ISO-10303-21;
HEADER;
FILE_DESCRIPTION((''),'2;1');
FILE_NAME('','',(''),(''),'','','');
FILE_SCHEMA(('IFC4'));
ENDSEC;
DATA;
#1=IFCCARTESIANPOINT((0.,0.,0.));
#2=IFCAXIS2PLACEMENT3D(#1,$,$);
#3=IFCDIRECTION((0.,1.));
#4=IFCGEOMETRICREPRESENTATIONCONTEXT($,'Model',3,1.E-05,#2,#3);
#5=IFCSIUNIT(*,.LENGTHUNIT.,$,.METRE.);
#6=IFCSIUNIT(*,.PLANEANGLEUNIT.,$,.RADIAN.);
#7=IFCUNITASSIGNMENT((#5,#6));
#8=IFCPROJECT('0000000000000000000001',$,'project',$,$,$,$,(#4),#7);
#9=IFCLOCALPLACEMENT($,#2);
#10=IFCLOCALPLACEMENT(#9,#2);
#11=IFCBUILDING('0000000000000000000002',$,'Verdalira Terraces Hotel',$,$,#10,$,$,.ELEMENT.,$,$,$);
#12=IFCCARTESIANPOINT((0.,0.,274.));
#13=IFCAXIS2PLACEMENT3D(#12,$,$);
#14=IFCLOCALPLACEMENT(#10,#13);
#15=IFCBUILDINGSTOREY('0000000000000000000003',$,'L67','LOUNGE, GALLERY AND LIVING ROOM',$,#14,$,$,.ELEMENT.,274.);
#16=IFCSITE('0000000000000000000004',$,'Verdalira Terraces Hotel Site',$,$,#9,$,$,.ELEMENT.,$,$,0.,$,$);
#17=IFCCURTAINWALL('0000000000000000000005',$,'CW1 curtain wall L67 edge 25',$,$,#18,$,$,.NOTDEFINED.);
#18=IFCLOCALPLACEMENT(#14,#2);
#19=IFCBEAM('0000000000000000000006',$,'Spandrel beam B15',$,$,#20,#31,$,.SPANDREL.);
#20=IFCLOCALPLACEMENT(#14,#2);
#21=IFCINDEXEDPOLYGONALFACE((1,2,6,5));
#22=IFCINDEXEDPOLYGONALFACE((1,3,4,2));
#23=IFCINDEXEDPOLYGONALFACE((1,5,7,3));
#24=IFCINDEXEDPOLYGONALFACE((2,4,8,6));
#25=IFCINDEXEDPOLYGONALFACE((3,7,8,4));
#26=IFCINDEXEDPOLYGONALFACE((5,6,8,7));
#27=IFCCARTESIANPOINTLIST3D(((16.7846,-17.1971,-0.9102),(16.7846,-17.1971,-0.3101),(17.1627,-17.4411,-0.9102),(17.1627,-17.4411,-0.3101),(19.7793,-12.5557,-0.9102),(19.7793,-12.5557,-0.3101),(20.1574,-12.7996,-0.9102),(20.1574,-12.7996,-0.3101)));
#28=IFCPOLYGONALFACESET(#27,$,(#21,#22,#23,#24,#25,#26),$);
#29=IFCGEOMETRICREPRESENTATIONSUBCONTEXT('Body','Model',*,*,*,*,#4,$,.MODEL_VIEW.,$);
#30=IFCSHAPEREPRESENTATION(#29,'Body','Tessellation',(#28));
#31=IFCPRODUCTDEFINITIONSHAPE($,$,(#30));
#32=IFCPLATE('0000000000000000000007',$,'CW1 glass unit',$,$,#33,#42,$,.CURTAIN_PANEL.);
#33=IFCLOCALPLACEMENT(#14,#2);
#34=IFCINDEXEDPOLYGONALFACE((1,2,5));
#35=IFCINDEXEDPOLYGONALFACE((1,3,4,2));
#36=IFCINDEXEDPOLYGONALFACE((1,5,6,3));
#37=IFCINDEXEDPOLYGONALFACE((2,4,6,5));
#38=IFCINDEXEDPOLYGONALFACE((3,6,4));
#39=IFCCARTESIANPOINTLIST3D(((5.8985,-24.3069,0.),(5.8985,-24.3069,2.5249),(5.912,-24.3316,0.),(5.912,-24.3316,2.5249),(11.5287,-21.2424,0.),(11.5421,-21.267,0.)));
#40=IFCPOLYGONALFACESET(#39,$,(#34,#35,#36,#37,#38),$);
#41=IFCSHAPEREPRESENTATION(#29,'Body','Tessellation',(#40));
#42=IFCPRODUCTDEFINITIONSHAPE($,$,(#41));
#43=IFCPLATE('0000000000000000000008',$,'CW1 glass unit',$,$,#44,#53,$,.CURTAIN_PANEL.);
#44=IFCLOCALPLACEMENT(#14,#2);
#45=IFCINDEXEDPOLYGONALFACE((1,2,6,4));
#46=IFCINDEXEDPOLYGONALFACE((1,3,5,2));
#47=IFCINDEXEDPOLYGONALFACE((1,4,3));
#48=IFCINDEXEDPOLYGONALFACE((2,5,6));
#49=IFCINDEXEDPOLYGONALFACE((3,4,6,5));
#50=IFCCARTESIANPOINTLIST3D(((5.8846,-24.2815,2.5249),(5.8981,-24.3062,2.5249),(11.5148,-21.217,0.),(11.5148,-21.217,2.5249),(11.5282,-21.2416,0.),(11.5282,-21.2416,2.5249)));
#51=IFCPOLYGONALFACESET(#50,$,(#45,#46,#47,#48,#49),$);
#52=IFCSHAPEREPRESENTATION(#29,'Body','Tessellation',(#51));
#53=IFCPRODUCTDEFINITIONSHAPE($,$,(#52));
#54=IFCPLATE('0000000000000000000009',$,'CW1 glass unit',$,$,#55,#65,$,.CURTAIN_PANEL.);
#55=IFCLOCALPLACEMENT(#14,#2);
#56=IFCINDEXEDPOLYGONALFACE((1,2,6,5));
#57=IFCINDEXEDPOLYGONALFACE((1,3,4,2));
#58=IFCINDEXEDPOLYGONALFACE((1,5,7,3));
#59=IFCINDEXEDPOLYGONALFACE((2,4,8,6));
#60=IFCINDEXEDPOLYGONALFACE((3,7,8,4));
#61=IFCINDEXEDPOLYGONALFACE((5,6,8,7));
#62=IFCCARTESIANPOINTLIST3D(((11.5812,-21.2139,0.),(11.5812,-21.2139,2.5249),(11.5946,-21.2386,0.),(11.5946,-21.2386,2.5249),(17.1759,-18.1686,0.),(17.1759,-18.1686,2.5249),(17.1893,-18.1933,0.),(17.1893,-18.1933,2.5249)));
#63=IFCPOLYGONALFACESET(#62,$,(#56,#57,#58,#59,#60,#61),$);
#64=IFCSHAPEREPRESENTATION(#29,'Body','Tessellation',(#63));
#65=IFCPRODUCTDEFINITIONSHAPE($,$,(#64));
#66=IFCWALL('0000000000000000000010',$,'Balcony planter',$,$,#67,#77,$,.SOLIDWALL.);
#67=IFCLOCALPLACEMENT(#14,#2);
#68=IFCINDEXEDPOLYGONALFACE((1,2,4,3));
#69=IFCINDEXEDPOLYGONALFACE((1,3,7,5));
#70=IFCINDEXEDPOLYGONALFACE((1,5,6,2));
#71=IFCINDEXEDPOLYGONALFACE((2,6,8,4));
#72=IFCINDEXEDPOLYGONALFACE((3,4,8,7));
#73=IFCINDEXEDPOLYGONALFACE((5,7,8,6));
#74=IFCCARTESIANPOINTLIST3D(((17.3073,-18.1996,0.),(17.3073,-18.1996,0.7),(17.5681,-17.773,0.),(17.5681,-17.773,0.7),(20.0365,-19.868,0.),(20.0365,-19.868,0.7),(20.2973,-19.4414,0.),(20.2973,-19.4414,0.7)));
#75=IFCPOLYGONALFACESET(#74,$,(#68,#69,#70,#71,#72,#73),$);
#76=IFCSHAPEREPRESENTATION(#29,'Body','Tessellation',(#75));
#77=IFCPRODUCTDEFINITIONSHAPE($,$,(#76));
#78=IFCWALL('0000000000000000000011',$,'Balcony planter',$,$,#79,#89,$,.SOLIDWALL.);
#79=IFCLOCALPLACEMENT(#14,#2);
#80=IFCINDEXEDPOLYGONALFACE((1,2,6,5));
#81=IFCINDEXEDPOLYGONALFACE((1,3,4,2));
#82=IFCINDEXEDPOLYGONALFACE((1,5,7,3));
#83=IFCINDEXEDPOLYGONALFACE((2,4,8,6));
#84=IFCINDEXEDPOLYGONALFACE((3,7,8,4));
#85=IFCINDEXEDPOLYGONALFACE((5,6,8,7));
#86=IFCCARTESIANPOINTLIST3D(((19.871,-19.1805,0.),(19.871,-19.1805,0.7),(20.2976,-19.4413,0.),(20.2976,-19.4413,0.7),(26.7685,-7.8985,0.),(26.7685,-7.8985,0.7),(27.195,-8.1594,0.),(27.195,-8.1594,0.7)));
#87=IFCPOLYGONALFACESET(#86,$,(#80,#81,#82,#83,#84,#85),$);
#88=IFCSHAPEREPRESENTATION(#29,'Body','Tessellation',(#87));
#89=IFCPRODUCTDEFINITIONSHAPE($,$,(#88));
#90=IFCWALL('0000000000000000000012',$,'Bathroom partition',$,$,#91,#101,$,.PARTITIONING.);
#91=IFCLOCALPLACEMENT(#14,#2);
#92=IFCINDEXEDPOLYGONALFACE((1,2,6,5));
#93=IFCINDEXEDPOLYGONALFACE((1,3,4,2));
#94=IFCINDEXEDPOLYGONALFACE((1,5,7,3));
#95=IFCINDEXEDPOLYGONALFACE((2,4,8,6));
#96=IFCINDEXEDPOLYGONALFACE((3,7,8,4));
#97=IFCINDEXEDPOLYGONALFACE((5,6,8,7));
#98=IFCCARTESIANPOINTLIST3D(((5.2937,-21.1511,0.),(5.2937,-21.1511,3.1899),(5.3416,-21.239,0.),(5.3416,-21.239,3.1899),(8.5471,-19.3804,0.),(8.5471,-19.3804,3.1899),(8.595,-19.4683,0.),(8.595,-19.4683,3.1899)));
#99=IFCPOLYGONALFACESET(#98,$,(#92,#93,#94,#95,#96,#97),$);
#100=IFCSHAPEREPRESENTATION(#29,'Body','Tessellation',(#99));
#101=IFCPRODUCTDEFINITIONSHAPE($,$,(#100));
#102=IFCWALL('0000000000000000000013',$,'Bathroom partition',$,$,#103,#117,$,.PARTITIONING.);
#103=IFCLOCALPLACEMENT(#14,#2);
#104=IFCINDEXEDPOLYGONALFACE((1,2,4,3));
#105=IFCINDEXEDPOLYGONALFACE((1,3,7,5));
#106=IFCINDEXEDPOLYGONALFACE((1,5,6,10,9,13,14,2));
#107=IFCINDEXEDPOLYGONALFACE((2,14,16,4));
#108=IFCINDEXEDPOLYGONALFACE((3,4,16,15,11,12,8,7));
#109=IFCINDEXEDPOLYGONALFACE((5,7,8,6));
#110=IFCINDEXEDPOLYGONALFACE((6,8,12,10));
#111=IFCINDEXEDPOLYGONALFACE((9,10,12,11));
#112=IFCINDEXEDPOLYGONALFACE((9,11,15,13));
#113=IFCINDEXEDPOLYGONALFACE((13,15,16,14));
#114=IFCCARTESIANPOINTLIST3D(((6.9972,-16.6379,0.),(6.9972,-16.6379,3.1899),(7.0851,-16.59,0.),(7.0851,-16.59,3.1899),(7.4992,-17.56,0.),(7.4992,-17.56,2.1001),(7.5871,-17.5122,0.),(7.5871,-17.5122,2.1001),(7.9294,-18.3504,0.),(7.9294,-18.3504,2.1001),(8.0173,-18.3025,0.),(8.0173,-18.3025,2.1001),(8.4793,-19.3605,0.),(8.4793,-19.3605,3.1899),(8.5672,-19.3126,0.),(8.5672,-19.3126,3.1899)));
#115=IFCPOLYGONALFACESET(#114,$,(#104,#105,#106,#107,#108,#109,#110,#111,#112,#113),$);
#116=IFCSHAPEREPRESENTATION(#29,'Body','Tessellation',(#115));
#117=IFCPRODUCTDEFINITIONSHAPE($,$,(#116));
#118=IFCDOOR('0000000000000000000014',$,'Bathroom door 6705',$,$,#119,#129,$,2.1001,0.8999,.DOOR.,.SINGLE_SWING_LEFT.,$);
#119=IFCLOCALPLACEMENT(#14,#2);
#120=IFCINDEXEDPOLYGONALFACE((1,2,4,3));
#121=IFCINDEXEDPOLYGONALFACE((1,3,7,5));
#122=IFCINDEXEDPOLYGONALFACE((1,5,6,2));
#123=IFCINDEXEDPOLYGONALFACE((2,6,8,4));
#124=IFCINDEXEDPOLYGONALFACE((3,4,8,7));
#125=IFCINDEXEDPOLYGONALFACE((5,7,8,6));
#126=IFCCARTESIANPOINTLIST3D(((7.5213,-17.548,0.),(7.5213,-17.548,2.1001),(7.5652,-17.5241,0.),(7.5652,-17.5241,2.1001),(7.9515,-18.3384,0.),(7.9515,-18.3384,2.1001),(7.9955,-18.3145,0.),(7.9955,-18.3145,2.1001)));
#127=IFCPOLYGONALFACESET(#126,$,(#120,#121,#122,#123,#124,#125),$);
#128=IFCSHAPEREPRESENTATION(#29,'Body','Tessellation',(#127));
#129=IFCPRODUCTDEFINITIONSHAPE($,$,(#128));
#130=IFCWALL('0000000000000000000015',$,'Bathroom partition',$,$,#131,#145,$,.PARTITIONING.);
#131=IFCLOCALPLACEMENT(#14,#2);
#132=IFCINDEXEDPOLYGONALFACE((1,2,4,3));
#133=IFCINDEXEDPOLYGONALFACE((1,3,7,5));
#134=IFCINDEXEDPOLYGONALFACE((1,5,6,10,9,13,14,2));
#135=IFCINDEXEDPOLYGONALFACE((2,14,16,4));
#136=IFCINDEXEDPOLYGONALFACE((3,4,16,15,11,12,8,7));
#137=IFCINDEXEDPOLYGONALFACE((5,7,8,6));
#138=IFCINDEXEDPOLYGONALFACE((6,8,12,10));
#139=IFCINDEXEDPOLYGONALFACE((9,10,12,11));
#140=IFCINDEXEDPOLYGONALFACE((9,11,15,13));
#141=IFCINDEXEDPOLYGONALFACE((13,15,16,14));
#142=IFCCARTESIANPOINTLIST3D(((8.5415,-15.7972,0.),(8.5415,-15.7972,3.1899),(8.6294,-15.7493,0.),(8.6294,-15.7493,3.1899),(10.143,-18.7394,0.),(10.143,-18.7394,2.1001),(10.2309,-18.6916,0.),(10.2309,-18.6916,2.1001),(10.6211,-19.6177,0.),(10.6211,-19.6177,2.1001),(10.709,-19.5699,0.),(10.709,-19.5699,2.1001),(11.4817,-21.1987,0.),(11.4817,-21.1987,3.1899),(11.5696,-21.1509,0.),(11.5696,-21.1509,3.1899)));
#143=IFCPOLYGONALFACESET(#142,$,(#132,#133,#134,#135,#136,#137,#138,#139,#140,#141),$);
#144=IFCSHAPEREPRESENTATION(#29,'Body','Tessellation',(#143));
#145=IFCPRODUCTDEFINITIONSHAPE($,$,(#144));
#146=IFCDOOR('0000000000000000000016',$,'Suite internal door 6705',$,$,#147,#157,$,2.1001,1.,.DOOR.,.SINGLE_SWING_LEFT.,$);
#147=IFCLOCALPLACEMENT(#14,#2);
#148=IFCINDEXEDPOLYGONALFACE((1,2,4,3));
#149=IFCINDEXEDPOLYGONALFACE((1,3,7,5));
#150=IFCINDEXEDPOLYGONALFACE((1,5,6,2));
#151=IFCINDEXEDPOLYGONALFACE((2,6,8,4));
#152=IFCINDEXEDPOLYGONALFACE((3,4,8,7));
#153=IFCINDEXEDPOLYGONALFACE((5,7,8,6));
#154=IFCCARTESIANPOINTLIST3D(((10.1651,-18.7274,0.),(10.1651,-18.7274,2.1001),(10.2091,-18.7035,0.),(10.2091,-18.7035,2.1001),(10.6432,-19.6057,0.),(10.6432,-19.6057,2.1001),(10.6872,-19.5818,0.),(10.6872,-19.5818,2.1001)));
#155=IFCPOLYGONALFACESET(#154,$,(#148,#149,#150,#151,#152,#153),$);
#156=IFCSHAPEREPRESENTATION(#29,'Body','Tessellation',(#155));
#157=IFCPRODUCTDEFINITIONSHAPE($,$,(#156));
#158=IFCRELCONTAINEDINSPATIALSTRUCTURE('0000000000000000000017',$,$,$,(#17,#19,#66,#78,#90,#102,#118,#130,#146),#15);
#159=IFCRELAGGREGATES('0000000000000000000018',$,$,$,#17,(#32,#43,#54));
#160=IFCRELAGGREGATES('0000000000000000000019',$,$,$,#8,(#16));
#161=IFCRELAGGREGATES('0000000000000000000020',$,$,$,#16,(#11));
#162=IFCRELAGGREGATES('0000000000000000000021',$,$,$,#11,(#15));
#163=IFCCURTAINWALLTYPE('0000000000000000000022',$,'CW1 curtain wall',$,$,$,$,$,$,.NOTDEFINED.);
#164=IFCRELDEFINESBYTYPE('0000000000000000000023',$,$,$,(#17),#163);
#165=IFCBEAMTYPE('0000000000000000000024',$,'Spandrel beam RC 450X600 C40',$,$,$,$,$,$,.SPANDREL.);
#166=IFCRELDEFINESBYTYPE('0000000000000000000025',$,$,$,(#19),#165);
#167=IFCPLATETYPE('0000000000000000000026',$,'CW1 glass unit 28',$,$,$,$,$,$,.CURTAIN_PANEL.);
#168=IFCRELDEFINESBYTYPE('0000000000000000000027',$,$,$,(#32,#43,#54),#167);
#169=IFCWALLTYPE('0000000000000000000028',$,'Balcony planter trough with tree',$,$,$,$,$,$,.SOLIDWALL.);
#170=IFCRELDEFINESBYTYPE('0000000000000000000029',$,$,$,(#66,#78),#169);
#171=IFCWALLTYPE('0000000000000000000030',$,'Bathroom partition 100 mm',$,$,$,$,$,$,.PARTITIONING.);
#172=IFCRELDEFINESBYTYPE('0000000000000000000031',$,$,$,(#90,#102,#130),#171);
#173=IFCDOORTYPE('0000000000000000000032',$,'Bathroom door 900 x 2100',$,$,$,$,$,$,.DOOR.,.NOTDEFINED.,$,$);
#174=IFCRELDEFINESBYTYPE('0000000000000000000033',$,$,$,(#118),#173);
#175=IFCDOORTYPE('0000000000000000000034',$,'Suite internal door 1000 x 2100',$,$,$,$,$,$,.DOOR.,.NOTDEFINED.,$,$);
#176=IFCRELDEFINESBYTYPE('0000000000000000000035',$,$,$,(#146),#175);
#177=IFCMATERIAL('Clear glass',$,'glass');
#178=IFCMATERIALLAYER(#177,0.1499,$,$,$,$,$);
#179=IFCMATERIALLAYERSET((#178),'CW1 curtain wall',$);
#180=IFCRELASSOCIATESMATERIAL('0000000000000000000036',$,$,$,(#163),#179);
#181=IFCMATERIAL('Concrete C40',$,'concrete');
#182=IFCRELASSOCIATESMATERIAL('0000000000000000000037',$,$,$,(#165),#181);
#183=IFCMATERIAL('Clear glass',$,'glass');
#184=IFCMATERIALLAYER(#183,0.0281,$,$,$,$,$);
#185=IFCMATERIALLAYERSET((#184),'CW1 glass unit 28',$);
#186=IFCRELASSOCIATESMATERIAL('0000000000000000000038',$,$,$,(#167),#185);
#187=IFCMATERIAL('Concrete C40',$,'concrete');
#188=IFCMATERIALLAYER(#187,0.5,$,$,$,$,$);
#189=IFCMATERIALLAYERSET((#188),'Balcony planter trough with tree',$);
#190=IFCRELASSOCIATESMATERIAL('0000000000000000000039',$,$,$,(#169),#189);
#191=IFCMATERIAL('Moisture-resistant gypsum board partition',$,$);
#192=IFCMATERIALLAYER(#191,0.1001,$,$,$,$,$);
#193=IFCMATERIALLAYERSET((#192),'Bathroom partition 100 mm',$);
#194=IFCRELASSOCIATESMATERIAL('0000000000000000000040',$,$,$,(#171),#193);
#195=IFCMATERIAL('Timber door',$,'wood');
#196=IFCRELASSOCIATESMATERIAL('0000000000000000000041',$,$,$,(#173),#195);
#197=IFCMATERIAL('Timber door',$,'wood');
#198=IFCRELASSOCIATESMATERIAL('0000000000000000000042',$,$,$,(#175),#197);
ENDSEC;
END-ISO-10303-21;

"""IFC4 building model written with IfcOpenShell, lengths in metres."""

from ifc_helpers import new_model, si_unit, direction, frame, frame_2d, origin, origin_2d, place, context, subcontext, project, spatial, polyline, rectangle, outline, extrude, material, layer, layer_set, material_profile, profile_set, type_object, element, fill, aggregate, save


model = new_model("IFC4")

# Units and contexts
model_context = context("Model", 3, precision=1e-05, world=origin(), true_north=direction((0.0, 1.0)))
body_context = subcontext(model_context, "Body", "Model", "MODEL_VIEW")
ifc_project = project(units=[si_unit("LENGTHUNIT", "METRE"), si_unit("PLANEANGLEUNIT", "RADIAN")], contexts=[model_context])

# Site, building, storey
site_placement = place(None, origin())
site = spatial("IfcSite", under=ifc_project, at=site_placement, Name="Verdalira Terraces Hotel Site", CompositionType="ELEMENT", RefElevation=0.0)
building_placement = place(site_placement, origin())
building = spatial("IfcBuilding", under=site, at=building_placement, Name="Verdalira Terraces Hotel", CompositionType="ELEMENT")
storey_placement = place(building_placement, frame((0.0, 0.0, 274.0)))
storey = spatial("IfcBuildingStorey", under=building, at=storey_placement, Name="L67", Description="LOUNGE, GALLERY AND LIVING ROOM", CompositionType="ELEMENT", Elevation=274.0)

# Curtain wall
ifc_material_1 = material(Name="Clear glass", Category="glass")
ifc_layer_1 = layer(ifc_material_1, 0.1499)
ifc_layer_set_1 = layer_set([ifc_layer_1], Name="CW1 curtain wall")
curtain_wall_type = type_object("IfcCurtainWallType", Name="CW1 curtain wall", PredefinedType="NOTDEFINED", material=ifc_layer_set_1)
curtain_wall_1_placement = place(storey_placement, origin())
curtain_wall_1 = element("IfcCurtainWall", 1, at=curtain_wall_1_placement, inside=storey, type_object=curtain_wall_type, Name="CW1 curtain wall L67 edge 25", PredefinedType="NOTDEFINED")

# Beam
ifc_material_2 = material(Name="Concrete C40", Category="concrete")
ifc_material_profile_1 = material_profile(ifc_material_2, rectangle(XDim=0.45, YDim=0.6001, at=origin_2d()), Name="RC 450X600")
ifc_profile_set_1 = profile_set([ifc_material_profile_1], Name="Concrete C40")
beam_type_1 = type_object("IfcBeamType", Name="Spandrel beam RC 450X600 C40", PredefinedType="SPANDREL", material=ifc_profile_set_1)
beam_1_placement = place(storey_placement, frame((16.9736, -17.3191, -0.6101), z_axis=(0.542153, 0.84028, 0.0), x_axis=(-0.84028, 0.542153, 0.0)))
element("IfcBeam", 2, at=beam_1_placement, inside=storey, type_object=beam_type_1, Name="Spandrel beam B15", PredefinedType="SPANDREL", context=body_context, shape_type="SweptSolid", body=[
    extrude(rectangle(XDim=0.45, YDim=0.6001, at=origin_2d()), origin(), (0.0, 0.0, 1.0), 5.5237),
])

# Plates
ifc_material_3 = material(Name="Clear glass", Category="glass")
ifc_layer_2 = layer(ifc_material_3, 0.0281)
ifc_layer_set_2 = layer_set([ifc_layer_2], Name="CW1 glass unit 28")
plate_type = type_object("IfcPlateType", Name="CW1 glass unit 28", PredefinedType="CURTAIN_PANEL", material=ifc_layer_set_2)
plate_1_placement = place(storey_placement, frame((8.7136, -22.7747, 1.2625), z_axis=(0.478079, -0.878317, 0.0), x_axis=(0.878317, 0.478079, 0.0)))
plate_1 = element("IfcPlate", 3, at=plate_1_placement, type_object=plate_type, Name="CW1 glass unit", PredefinedType="CURTAIN_PANEL", context=body_context, shape_type="SweptSolid", body=[
    extrude(outline(polyline([(-3.2051, -1.2625), (3.2051, -1.2625), (-3.2051, 1.2625), (-3.2051, -1.2625)])), origin(), (0.0, 0.0, 1.0), 0.0281),
])
plate_2_placement = place(storey_placement, frame((8.6997, -22.7493, 1.2625), z_axis=(0.478079, -0.878317, 0.0), x_axis=(0.878317, 0.478079, 0.0)))
plate_2 = element("IfcPlate", 4, at=plate_2_placement, type_object=plate_type, Name="CW1 glass unit", PredefinedType="CURTAIN_PANEL", context=body_context, shape_type="SweptSolid", body=[
    extrude(outline(polyline([(3.2051, -1.2625), (3.2051, 1.2625), (-3.2051, 1.2625), (3.2051, -1.2625)])), origin(), (0.0, 0.0, 1.0), 0.0281),
])
plate_3_placement = place(storey_placement, frame((14.3853, -19.7036, 0.0), z_axis=(0.0, 0.0, 1.0), x_axis=(0.878317, 0.478079, 0.0)))
plate_3 = element("IfcPlate", 5, at=plate_3_placement, type_object=plate_type, Name="CW1 glass unit", PredefinedType="CURTAIN_PANEL", context=body_context, shape_type="SweptSolid", body=[
    extrude(rectangle(XDim=6.3699, YDim=0.0281, at=origin_2d()), origin(), (0.0, 0.0, 1.0), 2.5249),
])
aggregate(curtain_wall_1, [plate_1, plate_2, plate_3])

# Walls
ifc_material_4 = material(Name="Concrete C40", Category="concrete")
ifc_layer_3 = layer(ifc_material_4, 0.5)
ifc_layer_set_3 = layer_set([ifc_layer_3], Name="Balcony planter trough with tree")
wall_type_1 = type_object("IfcWallType", Name="Balcony planter trough with tree", PredefinedType="SOLIDWALL", material=ifc_layer_set_3)
wall_1_placement = place(storey_placement, frame((17.4377, -17.9863, 0.0), z_axis=(0.0, 0.0, 1.0), x_axis=(0.853201, -0.521583, 0.0)))
element("IfcWall", 6, at=wall_1_placement, inside=storey, type_object=wall_type_1, Name="Balcony planter", PredefinedType="SOLIDWALL", context=body_context, shape_type="SweptSolid", body=[
    extrude(rectangle(XDim=3.1987, YDim=0.5, at=frame_2d((1.5994, 0.0))), origin(), (0.0, 0.0, 1.0), 0.7),
])
wall_2_placement = place(storey_placement, frame((20.0842, -19.311, 0.0), z_axis=(0.0, 0.0, 1.0), x_axis=(0.521611, 0.853184, 0.0)))
element("IfcWall", 7, at=wall_2_placement, inside=storey, type_object=wall_type_1, Name="Balcony planter", PredefinedType="SOLIDWALL", context=body_context, shape_type="SweptSolid", body=[
    extrude(rectangle(XDim=13.2234, YDim=0.5, at=frame_2d((6.6118, 0.0))), origin(), (0.0, 0.0, 1.0), 0.7),
])
ifc_material_5 = material(Name="Moisture-resistant gypsum board partition")
ifc_layer_4 = layer(ifc_material_5, 0.1001)
ifc_layer_set_4 = layer_set([ifc_layer_4], Name="Bathroom partition 100 mm")
wall_type_2 = type_object("IfcWallType", Name="Bathroom partition 100 mm", PredefinedType="PARTITIONING", material=ifc_layer_set_4)
wall_3_placement = place(storey_placement, frame((5.3176, -21.1951, 0.0), z_axis=(0.0, 0.0, 1.0), x_axis=(0.878331, 0.478053, 0.0)))
element("IfcWall", 8, at=wall_3_placement, inside=storey, type_object=wall_type_2, Name="Bathroom partition", PredefinedType="PARTITIONING", context=body_context, shape_type="SweptSolid", body=[
    extrude(rectangle(XDim=3.7041, YDim=0.1001, at=frame_2d((1.8521, 0.0))), origin(), (0.0, 0.0, 1.0), 3.1899),
])

# Walls, openings, doors
wall_4_placement = place(storey_placement, frame((8.5232, -19.3364, 0.0), z_axis=(0.0, 0.0, 1.0), x_axis=(-0.478129, 0.87829, 0.0)))
wall_4 = element("IfcWall", 9, at=wall_4_placement, inside=storey, type_object=wall_type_2, Name="Bathroom partition", PredefinedType="PARTITIONING", context=body_context, shape_type="SweptSolid", body=[
    extrude(rectangle(XDim=3.0999, YDim=0.1001, at=frame_2d((1.5498, 0.0))), origin(), (0.0, 0.0, 1.0), 3.1899),
])
opening_1_placement = place(wall_4_placement, frame((1.1499, 0.0, 0.0)))
opening_1 = element("IfcOpeningElement", 10, at=opening_1_placement, cuts=wall_4, PredefinedType="OPENING", context=body_context, shape_type="SweptSolid", body=[
    extrude(rectangle(XDim=0.8999, YDim=2.1001, at=frame_2d((0.45, 1.05))), frame((0.0, 0.0601, 0.0), z_axis=(0.0, -1.0, 0.0), x_axis=(1.0, 0.0, 0.0)), (0.0, 0.0, 1.0), 0.1201),
])
ifc_material_6 = material(Name="Timber door", Category="wood")
door_type_1 = type_object("IfcDoorType", Name="Bathroom door 900 x 2100", OperationType="NOTDEFINED", PredefinedType="DOOR", material=ifc_material_6)
door_1_placement = place(opening_1_placement, origin())
door_1 = element("IfcDoor", 11, at=door_1_placement, inside=storey, type_object=door_type_1, Name="Bathroom door 6705", OperationType="SINGLE_SWING_LEFT", OverallHeight=2.1001, OverallWidth=0.8999, PredefinedType="DOOR", context=body_context, shape_type="SweptSolid", body=[
    extrude(rectangle(XDim=0.8999, YDim=2.1001, at=frame_2d((0.45, 1.05))), frame((0.0, 0.0249, 0.0), z_axis=(0.0, -1.0, 0.0), x_axis=(1.0, 0.0, 0.0)), (0.0, 0.0, 1.0), 0.05),
])
fill(opening_1, door_1)
wall_5_placement = place(storey_placement, frame((11.5256, -21.1748, 0.0), z_axis=(0.0, 0.0, 1.0), x_axis=(-0.478082, 0.878315, 0.0)))
wall_5 = element("IfcWall", 12, at=wall_5_placement, inside=storey, type_object=wall_type_2, Name="Bathroom partition", PredefinedType="PARTITIONING", context=body_context, shape_type="SweptSolid", body=[
    extrude(rectangle(XDim=6.1499, YDim=0.1001, at=frame_2d((3.075, 0.0))), origin(), (0.0, 0.0, 1.0), 3.1899),
])
opening_2_placement = place(wall_5_placement, frame((1.8, 0.0, 0.0)))
opening_2 = element("IfcOpeningElement", 13, at=opening_2_placement, cuts=wall_5, PredefinedType="OPENING", context=body_context, shape_type="SweptSolid", body=[
    extrude(rectangle(XDim=1.0, YDim=2.1001, at=frame_2d((0.5, 1.05))), frame((0.0, 0.0601, 0.0), z_axis=(0.0, -1.0, 0.0), x_axis=(1.0, 0.0, 0.0)), (0.0, 0.0, 1.0), 0.1201),
])
ifc_material_7 = material(Name="Timber door", Category="wood")
door_type_2 = type_object("IfcDoorType", Name="Suite internal door 1000 x 2100", OperationType="NOTDEFINED", PredefinedType="DOOR", material=ifc_material_7)
door_2_placement = place(opening_2_placement, origin())
door_2 = element("IfcDoor", 14, at=door_2_placement, inside=storey, type_object=door_type_2, Name="Suite internal door 6705", OperationType="SINGLE_SWING_LEFT", OverallHeight=2.1001, OverallWidth=1.0, PredefinedType="DOOR", context=body_context, shape_type="SweptSolid", body=[
    extrude(rectangle(XDim=1.0, YDim=2.1001, at=frame_2d((0.5, 1.05))), frame((0.0, 0.0249, 0.0), z_axis=(0.0, -1.0, 0.0), x_axis=(1.0, 0.0, 0.0)), (0.0, 0.0, 1.0), 0.05),
])
fill(opening_2, door_2)

save(model, "model.ifc")
